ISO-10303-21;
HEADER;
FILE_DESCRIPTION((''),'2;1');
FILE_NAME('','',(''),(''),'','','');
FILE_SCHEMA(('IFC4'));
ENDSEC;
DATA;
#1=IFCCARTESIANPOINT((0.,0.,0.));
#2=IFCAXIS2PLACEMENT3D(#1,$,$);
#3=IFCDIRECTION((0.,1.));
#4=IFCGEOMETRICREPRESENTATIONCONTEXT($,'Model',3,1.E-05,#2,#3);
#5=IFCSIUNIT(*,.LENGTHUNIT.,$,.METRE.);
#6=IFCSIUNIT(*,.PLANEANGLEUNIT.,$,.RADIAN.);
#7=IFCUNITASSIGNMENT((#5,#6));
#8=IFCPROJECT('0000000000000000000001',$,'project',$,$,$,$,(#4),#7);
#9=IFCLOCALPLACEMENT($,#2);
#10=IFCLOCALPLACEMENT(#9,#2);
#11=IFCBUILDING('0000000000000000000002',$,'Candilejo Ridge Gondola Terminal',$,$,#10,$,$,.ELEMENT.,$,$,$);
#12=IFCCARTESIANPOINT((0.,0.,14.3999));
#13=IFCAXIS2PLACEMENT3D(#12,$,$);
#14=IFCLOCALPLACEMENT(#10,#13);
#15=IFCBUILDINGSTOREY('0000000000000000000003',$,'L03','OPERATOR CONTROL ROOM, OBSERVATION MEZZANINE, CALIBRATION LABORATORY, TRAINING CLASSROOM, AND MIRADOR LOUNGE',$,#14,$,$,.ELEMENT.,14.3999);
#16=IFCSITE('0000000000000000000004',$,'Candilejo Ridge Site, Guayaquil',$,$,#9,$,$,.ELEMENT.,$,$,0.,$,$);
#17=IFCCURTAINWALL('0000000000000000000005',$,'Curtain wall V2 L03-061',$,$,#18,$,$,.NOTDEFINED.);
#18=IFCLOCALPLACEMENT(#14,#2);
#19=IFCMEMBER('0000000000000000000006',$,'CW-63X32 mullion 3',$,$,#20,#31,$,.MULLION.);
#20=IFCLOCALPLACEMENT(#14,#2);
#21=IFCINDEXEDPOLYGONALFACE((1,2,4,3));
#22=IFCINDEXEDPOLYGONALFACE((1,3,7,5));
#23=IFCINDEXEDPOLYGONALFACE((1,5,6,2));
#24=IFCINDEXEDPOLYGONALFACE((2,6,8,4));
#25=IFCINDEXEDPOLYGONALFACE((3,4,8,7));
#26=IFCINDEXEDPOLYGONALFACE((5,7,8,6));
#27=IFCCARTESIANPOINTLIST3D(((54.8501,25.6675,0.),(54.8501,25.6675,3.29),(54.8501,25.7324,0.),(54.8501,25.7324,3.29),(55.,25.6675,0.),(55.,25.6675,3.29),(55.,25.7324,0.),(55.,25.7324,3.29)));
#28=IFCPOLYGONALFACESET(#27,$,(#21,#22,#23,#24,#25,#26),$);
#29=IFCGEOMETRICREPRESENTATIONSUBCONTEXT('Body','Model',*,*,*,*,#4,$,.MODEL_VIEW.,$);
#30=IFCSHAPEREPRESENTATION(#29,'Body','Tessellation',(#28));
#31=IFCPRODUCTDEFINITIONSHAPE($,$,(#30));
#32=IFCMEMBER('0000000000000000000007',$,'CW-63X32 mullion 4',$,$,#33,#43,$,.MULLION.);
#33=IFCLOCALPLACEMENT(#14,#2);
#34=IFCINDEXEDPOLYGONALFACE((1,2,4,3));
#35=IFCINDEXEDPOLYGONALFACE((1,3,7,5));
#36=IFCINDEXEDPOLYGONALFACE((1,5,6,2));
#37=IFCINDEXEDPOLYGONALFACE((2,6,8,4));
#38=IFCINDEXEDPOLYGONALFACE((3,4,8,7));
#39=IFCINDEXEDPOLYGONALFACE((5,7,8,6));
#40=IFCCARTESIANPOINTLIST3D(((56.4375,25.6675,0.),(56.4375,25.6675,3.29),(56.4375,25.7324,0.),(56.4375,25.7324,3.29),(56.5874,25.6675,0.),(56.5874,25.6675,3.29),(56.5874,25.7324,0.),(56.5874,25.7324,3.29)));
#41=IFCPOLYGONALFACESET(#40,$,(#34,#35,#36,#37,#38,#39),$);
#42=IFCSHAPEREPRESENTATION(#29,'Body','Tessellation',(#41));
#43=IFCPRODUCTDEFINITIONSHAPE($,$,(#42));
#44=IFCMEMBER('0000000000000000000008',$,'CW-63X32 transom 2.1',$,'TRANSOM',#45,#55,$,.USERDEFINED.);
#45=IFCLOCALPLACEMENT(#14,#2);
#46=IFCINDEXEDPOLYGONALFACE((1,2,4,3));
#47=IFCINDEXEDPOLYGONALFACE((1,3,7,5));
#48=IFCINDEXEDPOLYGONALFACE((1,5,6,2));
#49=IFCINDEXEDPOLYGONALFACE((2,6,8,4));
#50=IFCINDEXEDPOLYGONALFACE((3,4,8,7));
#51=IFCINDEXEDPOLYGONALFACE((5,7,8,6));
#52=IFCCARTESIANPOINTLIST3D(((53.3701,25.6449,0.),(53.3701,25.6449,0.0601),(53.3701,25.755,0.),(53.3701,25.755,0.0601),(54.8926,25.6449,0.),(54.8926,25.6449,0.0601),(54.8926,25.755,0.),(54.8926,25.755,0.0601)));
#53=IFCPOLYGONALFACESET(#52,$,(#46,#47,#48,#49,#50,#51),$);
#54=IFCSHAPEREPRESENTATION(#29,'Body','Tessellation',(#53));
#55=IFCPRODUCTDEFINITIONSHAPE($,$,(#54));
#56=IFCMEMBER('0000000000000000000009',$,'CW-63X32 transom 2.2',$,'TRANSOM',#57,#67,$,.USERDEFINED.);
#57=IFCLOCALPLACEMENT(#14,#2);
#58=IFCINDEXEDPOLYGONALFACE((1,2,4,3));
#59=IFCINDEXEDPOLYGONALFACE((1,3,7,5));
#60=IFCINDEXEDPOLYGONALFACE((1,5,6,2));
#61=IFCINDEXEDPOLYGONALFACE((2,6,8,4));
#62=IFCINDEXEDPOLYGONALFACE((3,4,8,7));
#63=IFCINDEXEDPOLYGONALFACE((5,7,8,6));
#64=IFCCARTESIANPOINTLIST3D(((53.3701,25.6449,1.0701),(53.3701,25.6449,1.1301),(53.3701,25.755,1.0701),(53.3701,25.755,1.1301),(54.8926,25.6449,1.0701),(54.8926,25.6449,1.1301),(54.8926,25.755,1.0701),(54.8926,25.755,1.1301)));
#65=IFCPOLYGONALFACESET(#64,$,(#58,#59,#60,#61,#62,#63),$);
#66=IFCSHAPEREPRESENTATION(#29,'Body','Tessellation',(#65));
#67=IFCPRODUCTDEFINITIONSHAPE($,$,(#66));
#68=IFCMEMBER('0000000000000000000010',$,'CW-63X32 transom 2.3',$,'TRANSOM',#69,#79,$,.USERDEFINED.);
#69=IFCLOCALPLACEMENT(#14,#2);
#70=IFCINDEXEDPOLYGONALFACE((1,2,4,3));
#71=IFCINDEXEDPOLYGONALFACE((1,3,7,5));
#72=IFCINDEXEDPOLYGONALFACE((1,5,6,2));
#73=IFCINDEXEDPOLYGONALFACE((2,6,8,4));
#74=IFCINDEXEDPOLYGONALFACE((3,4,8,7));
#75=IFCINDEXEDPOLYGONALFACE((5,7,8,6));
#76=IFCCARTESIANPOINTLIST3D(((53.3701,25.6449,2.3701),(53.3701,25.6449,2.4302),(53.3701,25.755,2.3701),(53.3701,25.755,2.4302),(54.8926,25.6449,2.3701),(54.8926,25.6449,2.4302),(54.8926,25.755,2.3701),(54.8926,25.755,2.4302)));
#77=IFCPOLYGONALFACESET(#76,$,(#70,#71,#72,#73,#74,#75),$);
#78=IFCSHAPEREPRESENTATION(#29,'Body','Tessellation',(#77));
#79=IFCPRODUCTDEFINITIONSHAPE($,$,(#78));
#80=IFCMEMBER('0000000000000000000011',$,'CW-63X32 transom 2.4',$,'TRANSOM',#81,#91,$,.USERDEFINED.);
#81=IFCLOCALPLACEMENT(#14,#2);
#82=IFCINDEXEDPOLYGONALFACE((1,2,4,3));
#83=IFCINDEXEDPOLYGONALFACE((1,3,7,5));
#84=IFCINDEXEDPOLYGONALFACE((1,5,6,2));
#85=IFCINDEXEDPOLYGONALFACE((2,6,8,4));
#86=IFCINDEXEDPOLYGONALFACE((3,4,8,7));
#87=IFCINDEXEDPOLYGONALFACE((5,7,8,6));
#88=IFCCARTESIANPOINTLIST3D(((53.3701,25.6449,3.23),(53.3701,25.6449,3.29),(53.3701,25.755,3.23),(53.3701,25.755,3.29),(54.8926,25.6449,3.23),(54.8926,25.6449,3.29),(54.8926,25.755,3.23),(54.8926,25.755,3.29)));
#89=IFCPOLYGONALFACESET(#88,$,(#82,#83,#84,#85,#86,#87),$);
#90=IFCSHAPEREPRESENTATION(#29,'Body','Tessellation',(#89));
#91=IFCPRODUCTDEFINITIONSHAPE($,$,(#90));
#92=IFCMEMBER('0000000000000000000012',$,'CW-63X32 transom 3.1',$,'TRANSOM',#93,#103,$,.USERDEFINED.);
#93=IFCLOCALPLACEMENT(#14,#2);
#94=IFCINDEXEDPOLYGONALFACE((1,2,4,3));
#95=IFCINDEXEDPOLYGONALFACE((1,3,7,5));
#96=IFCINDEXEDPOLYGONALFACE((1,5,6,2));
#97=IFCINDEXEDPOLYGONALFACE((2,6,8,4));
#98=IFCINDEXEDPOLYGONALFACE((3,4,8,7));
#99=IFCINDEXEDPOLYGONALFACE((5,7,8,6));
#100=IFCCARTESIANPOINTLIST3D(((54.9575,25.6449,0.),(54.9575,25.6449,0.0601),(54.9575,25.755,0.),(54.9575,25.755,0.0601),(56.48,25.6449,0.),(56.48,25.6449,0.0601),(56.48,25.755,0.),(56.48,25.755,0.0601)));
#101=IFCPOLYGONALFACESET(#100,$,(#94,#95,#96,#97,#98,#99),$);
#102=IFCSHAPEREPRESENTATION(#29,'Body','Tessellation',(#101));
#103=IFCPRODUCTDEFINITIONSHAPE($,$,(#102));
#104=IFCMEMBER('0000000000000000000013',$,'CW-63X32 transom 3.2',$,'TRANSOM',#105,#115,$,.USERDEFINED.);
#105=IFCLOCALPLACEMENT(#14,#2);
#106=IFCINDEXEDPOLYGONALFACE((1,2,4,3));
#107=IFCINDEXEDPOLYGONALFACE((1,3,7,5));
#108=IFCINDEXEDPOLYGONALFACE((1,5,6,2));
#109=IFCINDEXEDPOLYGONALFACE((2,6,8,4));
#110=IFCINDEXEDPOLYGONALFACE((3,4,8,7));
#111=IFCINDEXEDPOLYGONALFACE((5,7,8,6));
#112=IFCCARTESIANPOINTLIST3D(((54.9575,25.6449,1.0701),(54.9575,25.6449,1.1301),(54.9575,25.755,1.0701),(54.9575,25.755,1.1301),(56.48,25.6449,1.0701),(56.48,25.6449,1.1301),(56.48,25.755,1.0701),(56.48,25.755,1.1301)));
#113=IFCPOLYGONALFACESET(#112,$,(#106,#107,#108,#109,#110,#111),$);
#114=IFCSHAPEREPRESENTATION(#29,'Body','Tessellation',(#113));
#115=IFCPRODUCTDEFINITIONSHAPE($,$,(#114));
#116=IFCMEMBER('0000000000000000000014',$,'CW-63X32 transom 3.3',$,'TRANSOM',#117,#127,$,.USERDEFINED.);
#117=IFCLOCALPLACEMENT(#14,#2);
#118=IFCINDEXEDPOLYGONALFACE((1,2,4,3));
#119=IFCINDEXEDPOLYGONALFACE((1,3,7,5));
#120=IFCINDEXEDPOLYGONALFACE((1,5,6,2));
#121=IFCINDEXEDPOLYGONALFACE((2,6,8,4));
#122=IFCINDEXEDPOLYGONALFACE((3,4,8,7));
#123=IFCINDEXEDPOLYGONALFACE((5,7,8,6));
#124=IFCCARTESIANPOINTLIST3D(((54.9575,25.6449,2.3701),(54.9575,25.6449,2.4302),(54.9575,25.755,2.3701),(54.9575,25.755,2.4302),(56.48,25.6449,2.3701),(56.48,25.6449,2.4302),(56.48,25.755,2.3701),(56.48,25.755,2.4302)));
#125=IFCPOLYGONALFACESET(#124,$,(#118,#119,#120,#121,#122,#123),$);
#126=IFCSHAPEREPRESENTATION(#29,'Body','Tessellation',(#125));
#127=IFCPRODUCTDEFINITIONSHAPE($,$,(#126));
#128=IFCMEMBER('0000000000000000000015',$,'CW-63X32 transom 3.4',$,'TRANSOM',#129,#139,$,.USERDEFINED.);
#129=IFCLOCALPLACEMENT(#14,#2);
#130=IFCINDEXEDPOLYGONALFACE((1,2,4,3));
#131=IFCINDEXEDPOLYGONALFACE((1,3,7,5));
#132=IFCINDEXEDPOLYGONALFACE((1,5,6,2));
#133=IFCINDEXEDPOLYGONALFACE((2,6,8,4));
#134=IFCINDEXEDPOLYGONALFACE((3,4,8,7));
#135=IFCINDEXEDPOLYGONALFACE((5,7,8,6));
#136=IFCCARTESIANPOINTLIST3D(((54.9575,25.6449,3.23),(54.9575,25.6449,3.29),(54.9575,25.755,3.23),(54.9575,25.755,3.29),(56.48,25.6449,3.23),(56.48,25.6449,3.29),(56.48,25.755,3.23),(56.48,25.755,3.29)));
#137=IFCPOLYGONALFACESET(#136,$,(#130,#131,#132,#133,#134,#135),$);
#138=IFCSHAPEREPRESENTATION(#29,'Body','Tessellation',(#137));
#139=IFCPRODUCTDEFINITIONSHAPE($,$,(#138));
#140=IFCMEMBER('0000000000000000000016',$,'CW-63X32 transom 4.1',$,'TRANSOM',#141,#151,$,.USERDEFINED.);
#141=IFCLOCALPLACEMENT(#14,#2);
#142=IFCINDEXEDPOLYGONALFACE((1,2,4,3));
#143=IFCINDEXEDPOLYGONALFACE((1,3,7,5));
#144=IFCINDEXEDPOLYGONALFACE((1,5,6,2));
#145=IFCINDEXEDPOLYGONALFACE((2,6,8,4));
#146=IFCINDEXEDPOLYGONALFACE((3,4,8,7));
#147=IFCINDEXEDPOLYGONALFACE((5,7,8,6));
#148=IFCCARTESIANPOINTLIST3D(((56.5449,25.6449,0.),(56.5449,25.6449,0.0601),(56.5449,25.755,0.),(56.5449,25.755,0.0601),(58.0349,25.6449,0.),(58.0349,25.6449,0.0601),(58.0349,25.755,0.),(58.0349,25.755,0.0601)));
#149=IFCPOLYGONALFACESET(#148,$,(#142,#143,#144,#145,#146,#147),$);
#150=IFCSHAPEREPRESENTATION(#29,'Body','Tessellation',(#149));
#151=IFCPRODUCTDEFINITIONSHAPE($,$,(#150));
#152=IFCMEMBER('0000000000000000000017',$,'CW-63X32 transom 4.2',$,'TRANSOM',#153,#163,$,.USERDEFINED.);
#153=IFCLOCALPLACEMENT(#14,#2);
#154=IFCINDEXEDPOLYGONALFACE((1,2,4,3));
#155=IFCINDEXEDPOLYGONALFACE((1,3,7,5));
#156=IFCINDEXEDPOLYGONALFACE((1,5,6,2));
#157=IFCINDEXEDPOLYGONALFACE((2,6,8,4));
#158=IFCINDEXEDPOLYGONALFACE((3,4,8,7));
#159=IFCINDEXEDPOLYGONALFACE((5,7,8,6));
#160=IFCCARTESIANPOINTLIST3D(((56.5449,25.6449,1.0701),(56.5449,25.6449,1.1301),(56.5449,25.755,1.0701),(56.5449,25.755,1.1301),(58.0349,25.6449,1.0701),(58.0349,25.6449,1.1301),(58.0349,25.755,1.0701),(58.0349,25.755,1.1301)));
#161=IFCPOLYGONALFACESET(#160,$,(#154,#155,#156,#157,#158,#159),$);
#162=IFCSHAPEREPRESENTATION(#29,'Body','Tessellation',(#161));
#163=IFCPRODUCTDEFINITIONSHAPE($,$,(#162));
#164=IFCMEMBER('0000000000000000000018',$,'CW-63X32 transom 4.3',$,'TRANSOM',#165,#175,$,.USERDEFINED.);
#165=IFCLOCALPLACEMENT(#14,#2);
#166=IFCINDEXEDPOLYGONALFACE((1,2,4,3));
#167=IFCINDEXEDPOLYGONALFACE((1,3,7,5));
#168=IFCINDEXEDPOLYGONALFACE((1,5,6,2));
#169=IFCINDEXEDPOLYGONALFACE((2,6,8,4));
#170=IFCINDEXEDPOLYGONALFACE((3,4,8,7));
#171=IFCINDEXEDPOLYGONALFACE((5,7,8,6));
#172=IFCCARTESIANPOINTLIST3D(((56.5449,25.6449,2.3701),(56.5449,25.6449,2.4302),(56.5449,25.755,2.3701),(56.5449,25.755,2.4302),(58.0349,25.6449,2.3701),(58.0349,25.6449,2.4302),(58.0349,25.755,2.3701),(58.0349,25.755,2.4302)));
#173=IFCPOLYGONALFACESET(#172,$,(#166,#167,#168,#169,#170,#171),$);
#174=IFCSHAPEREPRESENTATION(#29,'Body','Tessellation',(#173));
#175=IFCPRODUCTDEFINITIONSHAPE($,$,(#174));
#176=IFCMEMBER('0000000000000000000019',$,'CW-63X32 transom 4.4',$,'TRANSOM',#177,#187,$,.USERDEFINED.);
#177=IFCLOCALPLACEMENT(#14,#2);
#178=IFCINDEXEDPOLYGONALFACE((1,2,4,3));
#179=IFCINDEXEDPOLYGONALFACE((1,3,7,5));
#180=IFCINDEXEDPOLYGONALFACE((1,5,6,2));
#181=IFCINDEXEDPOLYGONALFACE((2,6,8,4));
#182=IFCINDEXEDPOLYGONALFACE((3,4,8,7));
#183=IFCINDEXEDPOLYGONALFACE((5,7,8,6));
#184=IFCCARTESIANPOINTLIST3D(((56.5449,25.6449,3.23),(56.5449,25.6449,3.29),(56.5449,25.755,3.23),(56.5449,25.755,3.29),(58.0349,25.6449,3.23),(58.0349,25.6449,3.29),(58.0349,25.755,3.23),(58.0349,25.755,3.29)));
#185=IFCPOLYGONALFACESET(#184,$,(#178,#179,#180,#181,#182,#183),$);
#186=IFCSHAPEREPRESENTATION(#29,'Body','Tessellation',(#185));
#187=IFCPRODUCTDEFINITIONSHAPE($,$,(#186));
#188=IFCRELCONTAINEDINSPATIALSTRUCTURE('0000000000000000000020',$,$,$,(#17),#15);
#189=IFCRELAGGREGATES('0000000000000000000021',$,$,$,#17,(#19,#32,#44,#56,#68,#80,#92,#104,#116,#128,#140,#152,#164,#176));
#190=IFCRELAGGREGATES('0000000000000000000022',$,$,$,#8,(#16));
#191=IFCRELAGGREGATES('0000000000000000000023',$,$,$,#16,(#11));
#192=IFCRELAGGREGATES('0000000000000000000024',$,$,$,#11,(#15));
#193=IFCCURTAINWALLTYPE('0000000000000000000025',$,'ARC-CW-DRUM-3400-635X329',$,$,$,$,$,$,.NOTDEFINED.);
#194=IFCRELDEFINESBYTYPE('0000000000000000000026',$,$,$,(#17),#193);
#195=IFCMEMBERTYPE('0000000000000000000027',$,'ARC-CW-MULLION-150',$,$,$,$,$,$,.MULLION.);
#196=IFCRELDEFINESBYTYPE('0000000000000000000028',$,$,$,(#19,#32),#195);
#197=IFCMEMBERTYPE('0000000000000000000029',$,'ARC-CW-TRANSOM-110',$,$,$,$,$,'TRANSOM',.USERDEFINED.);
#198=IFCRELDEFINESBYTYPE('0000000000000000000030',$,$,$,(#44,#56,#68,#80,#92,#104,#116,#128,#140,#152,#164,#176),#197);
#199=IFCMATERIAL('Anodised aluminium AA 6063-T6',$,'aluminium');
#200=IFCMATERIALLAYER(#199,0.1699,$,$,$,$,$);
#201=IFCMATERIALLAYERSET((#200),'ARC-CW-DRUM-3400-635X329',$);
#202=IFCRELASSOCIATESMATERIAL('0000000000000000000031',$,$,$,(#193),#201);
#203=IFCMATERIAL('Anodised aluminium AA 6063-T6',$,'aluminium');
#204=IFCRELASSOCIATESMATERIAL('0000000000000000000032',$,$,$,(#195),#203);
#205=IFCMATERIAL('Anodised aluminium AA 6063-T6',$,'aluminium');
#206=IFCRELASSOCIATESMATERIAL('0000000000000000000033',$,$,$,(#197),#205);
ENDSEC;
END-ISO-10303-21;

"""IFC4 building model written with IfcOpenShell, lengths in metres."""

from ifc_helpers import new_model, si_unit, direction, frame, origin, origin_2d, place, context, subcontext, project, spatial, rectangle, extrude, material, layer, layer_set, material_profile, profile_set, type_object, element, aggregate, save


model = new_model("IFC4")

# Units and contexts
model_context = context("Model", 3, precision=1e-05, world=origin(), true_north=direction((0.0, 1.0)))
body_context = subcontext(model_context, "Body", "Model", "MODEL_VIEW")
ifc_project = project(units=[si_unit("LENGTHUNIT", "METRE"), si_unit("PLANEANGLEUNIT", "RADIAN")], contexts=[model_context])

# Site, building, storey
site_placement = place(None, origin())
site = spatial("IfcSite", under=ifc_project, at=site_placement, Name="Candilejo Ridge Site, Guayaquil", CompositionType="ELEMENT", RefElevation=0.0)
building_placement = place(site_placement, origin())
building = spatial("IfcBuilding", under=site, at=building_placement, Name="Candilejo Ridge Gondola Terminal", CompositionType="ELEMENT")
storey_placement = place(building_placement, frame((0.0, 0.0, 14.3999)))
storey = spatial("IfcBuildingStorey", under=building, at=storey_placement, Name="L03", Description="OPERATOR CONTROL ROOM, OBSERVATION MEZZANINE, CALIBRATION LABORATORY, TRAINING CLASSROOM, AND MIRADOR LOUNGE", CompositionType="ELEMENT", Elevation=14.3999)

# Curtain wall, members
ifc_material_1 = material(Name="Anodised aluminium AA 6063-T6", Category="aluminium")
ifc_layer_1 = layer(ifc_material_1, 0.1699)
ifc_layer_set_1 = layer_set([ifc_layer_1], Name="ARC-CW-DRUM-3400-635X329")
curtain_wall_type = type_object("IfcCurtainWallType", Name="ARC-CW-DRUM-3400-635X329", PredefinedType="NOTDEFINED", material=ifc_layer_set_1)
curtain_wall_placement = place(storey_placement, origin())
curtain_wall = element("IfcCurtainWall", 1, at=curtain_wall_placement, inside=storey, type_object=curtain_wall_type, Name="Curtain wall V2 L03-061", PredefinedType="NOTDEFINED")
ifc_material_2 = material(Name="Anodised aluminium AA 6063-T6", Category="aluminium")
ifc_material_profile_1 = material_profile(ifc_material_2, rectangle(XDim=0.0649, YDim=0.1499, at=origin_2d()))
ifc_profile_set_1 = profile_set([ifc_material_profile_1], Name="Anodised aluminium AA 6063-T6")
member_type_1 = type_object("IfcMemberType", Name="ARC-CW-MULLION-150", PredefinedType="MULLION", material=ifc_profile_set_1)
member_1_placement = place(storey_placement, frame((54.925, 25.7, 0.0), z_axis=(0.0, 0.0, 1.0), x_axis=(0.0, 1.0, 0.0)))
member_1 = element("IfcMember", 2, at=member_1_placement, type_object=member_type_1, Name="CW-63X32 mullion 3", PredefinedType="MULLION", context=body_context, shape_type="SweptSolid", body=[
    extrude(rectangle(XDim=0.0649, YDim=0.1499, at=origin_2d()), origin(), (0.0, 0.0, 1.0), 3.29),
])
member_2_placement = place(storey_placement, frame((56.5125, 25.7, 0.0), z_axis=(0.0, 0.0, 1.0), x_axis=(0.0, 1.0, 0.0)))
member_2 = element("IfcMember", 3, at=member_2_placement, type_object=member_type_1, Name="CW-63X32 mullion 4", PredefinedType="MULLION", context=body_context, shape_type="SweptSolid", body=[
    extrude(rectangle(XDim=0.0649, YDim=0.1499, at=origin_2d()), origin(), (0.0, 0.0, 1.0), 3.29),
])
ifc_material_3 = material(Name="Anodised aluminium AA 6063-T6", Category="aluminium")
ifc_material_profile_2 = material_profile(ifc_material_3, rectangle(XDim=0.1101, YDim=0.0601, at=origin_2d()))
ifc_profile_set_2 = profile_set([ifc_material_profile_2], Name="Anodised aluminium AA 6063-T6")
member_type_2 = type_object("IfcMemberType", Name="ARC-CW-TRANSOM-110", ElementType="TRANSOM", PredefinedType="USERDEFINED", material=ifc_profile_set_2)
member_3_placement = place(storey_placement, frame((53.3701, 25.7, 0.03), z_axis=(1.0, 0.0, 0.0), x_axis=(0.0, 1.0, 0.0)))
member_3 = element("IfcMember", 4, at=member_3_placement, type_object=member_type_2, Name="CW-63X32 transom 2.1", ObjectType="TRANSOM", PredefinedType="USERDEFINED", context=body_context, shape_type="SweptSolid", body=[
    extrude(rectangle(XDim=0.1101, YDim=0.0601, at=origin_2d()), origin(), (0.0, 0.0, 1.0), 1.5225),
])
member_4_placement = place(storey_placement, frame((53.3701, 25.7, 1.1001), z_axis=(1.0, 0.0, 0.0), x_axis=(0.0, 1.0, 0.0)))
member_4 = element("IfcMember", 5, at=member_4_placement, type_object=member_type_2, Name="CW-63X32 transom 2.2", ObjectType="TRANSOM", PredefinedType="USERDEFINED", context=body_context, shape_type="SweptSolid", body=[
    extrude(rectangle(XDim=0.1101, YDim=0.0601, at=origin_2d()), origin(), (0.0, 0.0, 1.0), 1.5225),
])
member_5_placement = place(storey_placement, frame((53.3701, 25.7, 2.4001), z_axis=(1.0, 0.0, 0.0), x_axis=(0.0, 1.0, 0.0)))
member_5 = element("IfcMember", 6, at=member_5_placement, type_object=member_type_2, Name="CW-63X32 transom 2.3", ObjectType="TRANSOM", PredefinedType="USERDEFINED", context=body_context, shape_type="SweptSolid", body=[
    extrude(rectangle(XDim=0.1101, YDim=0.0601, at=origin_2d()), origin(), (0.0, 0.0, 1.0), 1.5225),
])
member_6_placement = place(storey_placement, frame((53.3701, 25.7, 3.26), z_axis=(1.0, 0.0, 0.0), x_axis=(0.0, 1.0, 0.0)))
member_6 = element("IfcMember", 7, at=member_6_placement, type_object=member_type_2, Name="CW-63X32 transom 2.4", ObjectType="TRANSOM", PredefinedType="USERDEFINED", context=body_context, shape_type="SweptSolid", body=[
    extrude(rectangle(XDim=0.1101, YDim=0.0601, at=origin_2d()), origin(), (0.0, 0.0, 1.0), 1.5225),
])
member_7_placement = place(storey_placement, frame((54.9575, 25.7, 0.03), z_axis=(1.0, 0.0, 0.0), x_axis=(0.0, 1.0, 0.0)))
member_7 = element("IfcMember", 8, at=member_7_placement, type_object=member_type_2, Name="CW-63X32 transom 3.1", ObjectType="TRANSOM", PredefinedType="USERDEFINED", context=body_context, shape_type="SweptSolid", body=[
    extrude(rectangle(XDim=0.1101, YDim=0.0601, at=origin_2d()), origin(), (0.0, 0.0, 1.0), 1.5225),
])
member_8_placement = place(storey_placement, frame((54.9575, 25.7, 1.1001), z_axis=(1.0, 0.0, 0.0), x_axis=(0.0, 1.0, 0.0)))
member_8 = element("IfcMember", 9, at=member_8_placement, type_object=member_type_2, Name="CW-63X32 transom 3.2", ObjectType="TRANSOM", PredefinedType="USERDEFINED", context=body_context, shape_type="SweptSolid", body=[
    extrude(rectangle(XDim=0.1101, YDim=0.0601, at=origin_2d()), origin(), (0.0, 0.0, 1.0), 1.5225),
])
member_9_placement = place(storey_placement, frame((54.9575, 25.7, 2.4001), z_axis=(1.0, 0.0, 0.0), x_axis=(0.0, 1.0, 0.0)))
member_9 = element("IfcMember", 10, at=member_9_placement, type_object=member_type_2, Name="CW-63X32 transom 3.3", ObjectType="TRANSOM", PredefinedType="USERDEFINED", context=body_context, shape_type="SweptSolid", body=[
    extrude(rectangle(XDim=0.1101, YDim=0.0601, at=origin_2d()), origin(), (0.0, 0.0, 1.0), 1.5225),
])
member_10_placement = place(storey_placement, frame((54.9575, 25.7, 3.26), z_axis=(1.0, 0.0, 0.0), x_axis=(0.0, 1.0, 0.0)))
member_10 = element("IfcMember", 11, at=member_10_placement, type_object=member_type_2, Name="CW-63X32 transom 3.4", ObjectType="TRANSOM", PredefinedType="USERDEFINED", context=body_context, shape_type="SweptSolid", body=[
    extrude(rectangle(XDim=0.1101, YDim=0.0601, at=origin_2d()), origin(), (0.0, 0.0, 1.0), 1.5225),
])
member_11_placement = place(storey_placement, frame((56.5449, 25.7, 0.03), z_axis=(1.0, 0.0, 0.0), x_axis=(0.0, 1.0, 0.0)))
member_11 = element("IfcMember", 12, at=member_11_placement, type_object=member_type_2, Name="CW-63X32 transom 4.1", ObjectType="TRANSOM", PredefinedType="USERDEFINED", context=body_context, shape_type="SweptSolid", body=[
    extrude(rectangle(XDim=0.1101, YDim=0.0601, at=origin_2d()), origin(), (0.0, 0.0, 1.0), 1.49),
])
member_12_placement = place(storey_placement, frame((56.5449, 25.7, 1.1001), z_axis=(1.0, 0.0, 0.0), x_axis=(0.0, 1.0, 0.0)))
member_12 = element("IfcMember", 13, at=member_12_placement, type_object=member_type_2, Name="CW-63X32 transom 4.2", ObjectType="TRANSOM", PredefinedType="USERDEFINED", context=body_context, shape_type="SweptSolid", body=[
    extrude(rectangle(XDim=0.1101, YDim=0.0601, at=origin_2d()), origin(), (0.0, 0.0, 1.0), 1.49),
])
member_13_placement = place(storey_placement, frame((56.5449, 25.7, 2.4001), z_axis=(1.0, 0.0, 0.0), x_axis=(0.0, 1.0, 0.0)))
member_13 = element("IfcMember", 14, at=member_13_placement, type_object=member_type_2, Name="CW-63X32 transom 4.3", ObjectType="TRANSOM", PredefinedType="USERDEFINED", context=body_context, shape_type="SweptSolid", body=[
    extrude(rectangle(XDim=0.1101, YDim=0.0601, at=origin_2d()), origin(), (0.0, 0.0, 1.0), 1.49),
])
member_14_placement = place(storey_placement, frame((56.5449, 25.7, 3.26), z_axis=(1.0, 0.0, 0.0), x_axis=(0.0, 1.0, 0.0)))
member_14 = element("IfcMember", 15, at=member_14_placement, type_object=member_type_2, Name="CW-63X32 transom 4.4", ObjectType="TRANSOM", PredefinedType="USERDEFINED", context=body_context, shape_type="SweptSolid", body=[
    extrude(rectangle(XDim=0.1101, YDim=0.0601, at=origin_2d()), origin(), (0.0, 0.0, 1.0), 1.49),
])
aggregate(curtain_wall, [member_1, member_2, member_3, member_4, member_5, member_6, member_7, member_8, member_9, member_10, member_11, member_12, member_13, member_14])

save(model, "model.ifc")
